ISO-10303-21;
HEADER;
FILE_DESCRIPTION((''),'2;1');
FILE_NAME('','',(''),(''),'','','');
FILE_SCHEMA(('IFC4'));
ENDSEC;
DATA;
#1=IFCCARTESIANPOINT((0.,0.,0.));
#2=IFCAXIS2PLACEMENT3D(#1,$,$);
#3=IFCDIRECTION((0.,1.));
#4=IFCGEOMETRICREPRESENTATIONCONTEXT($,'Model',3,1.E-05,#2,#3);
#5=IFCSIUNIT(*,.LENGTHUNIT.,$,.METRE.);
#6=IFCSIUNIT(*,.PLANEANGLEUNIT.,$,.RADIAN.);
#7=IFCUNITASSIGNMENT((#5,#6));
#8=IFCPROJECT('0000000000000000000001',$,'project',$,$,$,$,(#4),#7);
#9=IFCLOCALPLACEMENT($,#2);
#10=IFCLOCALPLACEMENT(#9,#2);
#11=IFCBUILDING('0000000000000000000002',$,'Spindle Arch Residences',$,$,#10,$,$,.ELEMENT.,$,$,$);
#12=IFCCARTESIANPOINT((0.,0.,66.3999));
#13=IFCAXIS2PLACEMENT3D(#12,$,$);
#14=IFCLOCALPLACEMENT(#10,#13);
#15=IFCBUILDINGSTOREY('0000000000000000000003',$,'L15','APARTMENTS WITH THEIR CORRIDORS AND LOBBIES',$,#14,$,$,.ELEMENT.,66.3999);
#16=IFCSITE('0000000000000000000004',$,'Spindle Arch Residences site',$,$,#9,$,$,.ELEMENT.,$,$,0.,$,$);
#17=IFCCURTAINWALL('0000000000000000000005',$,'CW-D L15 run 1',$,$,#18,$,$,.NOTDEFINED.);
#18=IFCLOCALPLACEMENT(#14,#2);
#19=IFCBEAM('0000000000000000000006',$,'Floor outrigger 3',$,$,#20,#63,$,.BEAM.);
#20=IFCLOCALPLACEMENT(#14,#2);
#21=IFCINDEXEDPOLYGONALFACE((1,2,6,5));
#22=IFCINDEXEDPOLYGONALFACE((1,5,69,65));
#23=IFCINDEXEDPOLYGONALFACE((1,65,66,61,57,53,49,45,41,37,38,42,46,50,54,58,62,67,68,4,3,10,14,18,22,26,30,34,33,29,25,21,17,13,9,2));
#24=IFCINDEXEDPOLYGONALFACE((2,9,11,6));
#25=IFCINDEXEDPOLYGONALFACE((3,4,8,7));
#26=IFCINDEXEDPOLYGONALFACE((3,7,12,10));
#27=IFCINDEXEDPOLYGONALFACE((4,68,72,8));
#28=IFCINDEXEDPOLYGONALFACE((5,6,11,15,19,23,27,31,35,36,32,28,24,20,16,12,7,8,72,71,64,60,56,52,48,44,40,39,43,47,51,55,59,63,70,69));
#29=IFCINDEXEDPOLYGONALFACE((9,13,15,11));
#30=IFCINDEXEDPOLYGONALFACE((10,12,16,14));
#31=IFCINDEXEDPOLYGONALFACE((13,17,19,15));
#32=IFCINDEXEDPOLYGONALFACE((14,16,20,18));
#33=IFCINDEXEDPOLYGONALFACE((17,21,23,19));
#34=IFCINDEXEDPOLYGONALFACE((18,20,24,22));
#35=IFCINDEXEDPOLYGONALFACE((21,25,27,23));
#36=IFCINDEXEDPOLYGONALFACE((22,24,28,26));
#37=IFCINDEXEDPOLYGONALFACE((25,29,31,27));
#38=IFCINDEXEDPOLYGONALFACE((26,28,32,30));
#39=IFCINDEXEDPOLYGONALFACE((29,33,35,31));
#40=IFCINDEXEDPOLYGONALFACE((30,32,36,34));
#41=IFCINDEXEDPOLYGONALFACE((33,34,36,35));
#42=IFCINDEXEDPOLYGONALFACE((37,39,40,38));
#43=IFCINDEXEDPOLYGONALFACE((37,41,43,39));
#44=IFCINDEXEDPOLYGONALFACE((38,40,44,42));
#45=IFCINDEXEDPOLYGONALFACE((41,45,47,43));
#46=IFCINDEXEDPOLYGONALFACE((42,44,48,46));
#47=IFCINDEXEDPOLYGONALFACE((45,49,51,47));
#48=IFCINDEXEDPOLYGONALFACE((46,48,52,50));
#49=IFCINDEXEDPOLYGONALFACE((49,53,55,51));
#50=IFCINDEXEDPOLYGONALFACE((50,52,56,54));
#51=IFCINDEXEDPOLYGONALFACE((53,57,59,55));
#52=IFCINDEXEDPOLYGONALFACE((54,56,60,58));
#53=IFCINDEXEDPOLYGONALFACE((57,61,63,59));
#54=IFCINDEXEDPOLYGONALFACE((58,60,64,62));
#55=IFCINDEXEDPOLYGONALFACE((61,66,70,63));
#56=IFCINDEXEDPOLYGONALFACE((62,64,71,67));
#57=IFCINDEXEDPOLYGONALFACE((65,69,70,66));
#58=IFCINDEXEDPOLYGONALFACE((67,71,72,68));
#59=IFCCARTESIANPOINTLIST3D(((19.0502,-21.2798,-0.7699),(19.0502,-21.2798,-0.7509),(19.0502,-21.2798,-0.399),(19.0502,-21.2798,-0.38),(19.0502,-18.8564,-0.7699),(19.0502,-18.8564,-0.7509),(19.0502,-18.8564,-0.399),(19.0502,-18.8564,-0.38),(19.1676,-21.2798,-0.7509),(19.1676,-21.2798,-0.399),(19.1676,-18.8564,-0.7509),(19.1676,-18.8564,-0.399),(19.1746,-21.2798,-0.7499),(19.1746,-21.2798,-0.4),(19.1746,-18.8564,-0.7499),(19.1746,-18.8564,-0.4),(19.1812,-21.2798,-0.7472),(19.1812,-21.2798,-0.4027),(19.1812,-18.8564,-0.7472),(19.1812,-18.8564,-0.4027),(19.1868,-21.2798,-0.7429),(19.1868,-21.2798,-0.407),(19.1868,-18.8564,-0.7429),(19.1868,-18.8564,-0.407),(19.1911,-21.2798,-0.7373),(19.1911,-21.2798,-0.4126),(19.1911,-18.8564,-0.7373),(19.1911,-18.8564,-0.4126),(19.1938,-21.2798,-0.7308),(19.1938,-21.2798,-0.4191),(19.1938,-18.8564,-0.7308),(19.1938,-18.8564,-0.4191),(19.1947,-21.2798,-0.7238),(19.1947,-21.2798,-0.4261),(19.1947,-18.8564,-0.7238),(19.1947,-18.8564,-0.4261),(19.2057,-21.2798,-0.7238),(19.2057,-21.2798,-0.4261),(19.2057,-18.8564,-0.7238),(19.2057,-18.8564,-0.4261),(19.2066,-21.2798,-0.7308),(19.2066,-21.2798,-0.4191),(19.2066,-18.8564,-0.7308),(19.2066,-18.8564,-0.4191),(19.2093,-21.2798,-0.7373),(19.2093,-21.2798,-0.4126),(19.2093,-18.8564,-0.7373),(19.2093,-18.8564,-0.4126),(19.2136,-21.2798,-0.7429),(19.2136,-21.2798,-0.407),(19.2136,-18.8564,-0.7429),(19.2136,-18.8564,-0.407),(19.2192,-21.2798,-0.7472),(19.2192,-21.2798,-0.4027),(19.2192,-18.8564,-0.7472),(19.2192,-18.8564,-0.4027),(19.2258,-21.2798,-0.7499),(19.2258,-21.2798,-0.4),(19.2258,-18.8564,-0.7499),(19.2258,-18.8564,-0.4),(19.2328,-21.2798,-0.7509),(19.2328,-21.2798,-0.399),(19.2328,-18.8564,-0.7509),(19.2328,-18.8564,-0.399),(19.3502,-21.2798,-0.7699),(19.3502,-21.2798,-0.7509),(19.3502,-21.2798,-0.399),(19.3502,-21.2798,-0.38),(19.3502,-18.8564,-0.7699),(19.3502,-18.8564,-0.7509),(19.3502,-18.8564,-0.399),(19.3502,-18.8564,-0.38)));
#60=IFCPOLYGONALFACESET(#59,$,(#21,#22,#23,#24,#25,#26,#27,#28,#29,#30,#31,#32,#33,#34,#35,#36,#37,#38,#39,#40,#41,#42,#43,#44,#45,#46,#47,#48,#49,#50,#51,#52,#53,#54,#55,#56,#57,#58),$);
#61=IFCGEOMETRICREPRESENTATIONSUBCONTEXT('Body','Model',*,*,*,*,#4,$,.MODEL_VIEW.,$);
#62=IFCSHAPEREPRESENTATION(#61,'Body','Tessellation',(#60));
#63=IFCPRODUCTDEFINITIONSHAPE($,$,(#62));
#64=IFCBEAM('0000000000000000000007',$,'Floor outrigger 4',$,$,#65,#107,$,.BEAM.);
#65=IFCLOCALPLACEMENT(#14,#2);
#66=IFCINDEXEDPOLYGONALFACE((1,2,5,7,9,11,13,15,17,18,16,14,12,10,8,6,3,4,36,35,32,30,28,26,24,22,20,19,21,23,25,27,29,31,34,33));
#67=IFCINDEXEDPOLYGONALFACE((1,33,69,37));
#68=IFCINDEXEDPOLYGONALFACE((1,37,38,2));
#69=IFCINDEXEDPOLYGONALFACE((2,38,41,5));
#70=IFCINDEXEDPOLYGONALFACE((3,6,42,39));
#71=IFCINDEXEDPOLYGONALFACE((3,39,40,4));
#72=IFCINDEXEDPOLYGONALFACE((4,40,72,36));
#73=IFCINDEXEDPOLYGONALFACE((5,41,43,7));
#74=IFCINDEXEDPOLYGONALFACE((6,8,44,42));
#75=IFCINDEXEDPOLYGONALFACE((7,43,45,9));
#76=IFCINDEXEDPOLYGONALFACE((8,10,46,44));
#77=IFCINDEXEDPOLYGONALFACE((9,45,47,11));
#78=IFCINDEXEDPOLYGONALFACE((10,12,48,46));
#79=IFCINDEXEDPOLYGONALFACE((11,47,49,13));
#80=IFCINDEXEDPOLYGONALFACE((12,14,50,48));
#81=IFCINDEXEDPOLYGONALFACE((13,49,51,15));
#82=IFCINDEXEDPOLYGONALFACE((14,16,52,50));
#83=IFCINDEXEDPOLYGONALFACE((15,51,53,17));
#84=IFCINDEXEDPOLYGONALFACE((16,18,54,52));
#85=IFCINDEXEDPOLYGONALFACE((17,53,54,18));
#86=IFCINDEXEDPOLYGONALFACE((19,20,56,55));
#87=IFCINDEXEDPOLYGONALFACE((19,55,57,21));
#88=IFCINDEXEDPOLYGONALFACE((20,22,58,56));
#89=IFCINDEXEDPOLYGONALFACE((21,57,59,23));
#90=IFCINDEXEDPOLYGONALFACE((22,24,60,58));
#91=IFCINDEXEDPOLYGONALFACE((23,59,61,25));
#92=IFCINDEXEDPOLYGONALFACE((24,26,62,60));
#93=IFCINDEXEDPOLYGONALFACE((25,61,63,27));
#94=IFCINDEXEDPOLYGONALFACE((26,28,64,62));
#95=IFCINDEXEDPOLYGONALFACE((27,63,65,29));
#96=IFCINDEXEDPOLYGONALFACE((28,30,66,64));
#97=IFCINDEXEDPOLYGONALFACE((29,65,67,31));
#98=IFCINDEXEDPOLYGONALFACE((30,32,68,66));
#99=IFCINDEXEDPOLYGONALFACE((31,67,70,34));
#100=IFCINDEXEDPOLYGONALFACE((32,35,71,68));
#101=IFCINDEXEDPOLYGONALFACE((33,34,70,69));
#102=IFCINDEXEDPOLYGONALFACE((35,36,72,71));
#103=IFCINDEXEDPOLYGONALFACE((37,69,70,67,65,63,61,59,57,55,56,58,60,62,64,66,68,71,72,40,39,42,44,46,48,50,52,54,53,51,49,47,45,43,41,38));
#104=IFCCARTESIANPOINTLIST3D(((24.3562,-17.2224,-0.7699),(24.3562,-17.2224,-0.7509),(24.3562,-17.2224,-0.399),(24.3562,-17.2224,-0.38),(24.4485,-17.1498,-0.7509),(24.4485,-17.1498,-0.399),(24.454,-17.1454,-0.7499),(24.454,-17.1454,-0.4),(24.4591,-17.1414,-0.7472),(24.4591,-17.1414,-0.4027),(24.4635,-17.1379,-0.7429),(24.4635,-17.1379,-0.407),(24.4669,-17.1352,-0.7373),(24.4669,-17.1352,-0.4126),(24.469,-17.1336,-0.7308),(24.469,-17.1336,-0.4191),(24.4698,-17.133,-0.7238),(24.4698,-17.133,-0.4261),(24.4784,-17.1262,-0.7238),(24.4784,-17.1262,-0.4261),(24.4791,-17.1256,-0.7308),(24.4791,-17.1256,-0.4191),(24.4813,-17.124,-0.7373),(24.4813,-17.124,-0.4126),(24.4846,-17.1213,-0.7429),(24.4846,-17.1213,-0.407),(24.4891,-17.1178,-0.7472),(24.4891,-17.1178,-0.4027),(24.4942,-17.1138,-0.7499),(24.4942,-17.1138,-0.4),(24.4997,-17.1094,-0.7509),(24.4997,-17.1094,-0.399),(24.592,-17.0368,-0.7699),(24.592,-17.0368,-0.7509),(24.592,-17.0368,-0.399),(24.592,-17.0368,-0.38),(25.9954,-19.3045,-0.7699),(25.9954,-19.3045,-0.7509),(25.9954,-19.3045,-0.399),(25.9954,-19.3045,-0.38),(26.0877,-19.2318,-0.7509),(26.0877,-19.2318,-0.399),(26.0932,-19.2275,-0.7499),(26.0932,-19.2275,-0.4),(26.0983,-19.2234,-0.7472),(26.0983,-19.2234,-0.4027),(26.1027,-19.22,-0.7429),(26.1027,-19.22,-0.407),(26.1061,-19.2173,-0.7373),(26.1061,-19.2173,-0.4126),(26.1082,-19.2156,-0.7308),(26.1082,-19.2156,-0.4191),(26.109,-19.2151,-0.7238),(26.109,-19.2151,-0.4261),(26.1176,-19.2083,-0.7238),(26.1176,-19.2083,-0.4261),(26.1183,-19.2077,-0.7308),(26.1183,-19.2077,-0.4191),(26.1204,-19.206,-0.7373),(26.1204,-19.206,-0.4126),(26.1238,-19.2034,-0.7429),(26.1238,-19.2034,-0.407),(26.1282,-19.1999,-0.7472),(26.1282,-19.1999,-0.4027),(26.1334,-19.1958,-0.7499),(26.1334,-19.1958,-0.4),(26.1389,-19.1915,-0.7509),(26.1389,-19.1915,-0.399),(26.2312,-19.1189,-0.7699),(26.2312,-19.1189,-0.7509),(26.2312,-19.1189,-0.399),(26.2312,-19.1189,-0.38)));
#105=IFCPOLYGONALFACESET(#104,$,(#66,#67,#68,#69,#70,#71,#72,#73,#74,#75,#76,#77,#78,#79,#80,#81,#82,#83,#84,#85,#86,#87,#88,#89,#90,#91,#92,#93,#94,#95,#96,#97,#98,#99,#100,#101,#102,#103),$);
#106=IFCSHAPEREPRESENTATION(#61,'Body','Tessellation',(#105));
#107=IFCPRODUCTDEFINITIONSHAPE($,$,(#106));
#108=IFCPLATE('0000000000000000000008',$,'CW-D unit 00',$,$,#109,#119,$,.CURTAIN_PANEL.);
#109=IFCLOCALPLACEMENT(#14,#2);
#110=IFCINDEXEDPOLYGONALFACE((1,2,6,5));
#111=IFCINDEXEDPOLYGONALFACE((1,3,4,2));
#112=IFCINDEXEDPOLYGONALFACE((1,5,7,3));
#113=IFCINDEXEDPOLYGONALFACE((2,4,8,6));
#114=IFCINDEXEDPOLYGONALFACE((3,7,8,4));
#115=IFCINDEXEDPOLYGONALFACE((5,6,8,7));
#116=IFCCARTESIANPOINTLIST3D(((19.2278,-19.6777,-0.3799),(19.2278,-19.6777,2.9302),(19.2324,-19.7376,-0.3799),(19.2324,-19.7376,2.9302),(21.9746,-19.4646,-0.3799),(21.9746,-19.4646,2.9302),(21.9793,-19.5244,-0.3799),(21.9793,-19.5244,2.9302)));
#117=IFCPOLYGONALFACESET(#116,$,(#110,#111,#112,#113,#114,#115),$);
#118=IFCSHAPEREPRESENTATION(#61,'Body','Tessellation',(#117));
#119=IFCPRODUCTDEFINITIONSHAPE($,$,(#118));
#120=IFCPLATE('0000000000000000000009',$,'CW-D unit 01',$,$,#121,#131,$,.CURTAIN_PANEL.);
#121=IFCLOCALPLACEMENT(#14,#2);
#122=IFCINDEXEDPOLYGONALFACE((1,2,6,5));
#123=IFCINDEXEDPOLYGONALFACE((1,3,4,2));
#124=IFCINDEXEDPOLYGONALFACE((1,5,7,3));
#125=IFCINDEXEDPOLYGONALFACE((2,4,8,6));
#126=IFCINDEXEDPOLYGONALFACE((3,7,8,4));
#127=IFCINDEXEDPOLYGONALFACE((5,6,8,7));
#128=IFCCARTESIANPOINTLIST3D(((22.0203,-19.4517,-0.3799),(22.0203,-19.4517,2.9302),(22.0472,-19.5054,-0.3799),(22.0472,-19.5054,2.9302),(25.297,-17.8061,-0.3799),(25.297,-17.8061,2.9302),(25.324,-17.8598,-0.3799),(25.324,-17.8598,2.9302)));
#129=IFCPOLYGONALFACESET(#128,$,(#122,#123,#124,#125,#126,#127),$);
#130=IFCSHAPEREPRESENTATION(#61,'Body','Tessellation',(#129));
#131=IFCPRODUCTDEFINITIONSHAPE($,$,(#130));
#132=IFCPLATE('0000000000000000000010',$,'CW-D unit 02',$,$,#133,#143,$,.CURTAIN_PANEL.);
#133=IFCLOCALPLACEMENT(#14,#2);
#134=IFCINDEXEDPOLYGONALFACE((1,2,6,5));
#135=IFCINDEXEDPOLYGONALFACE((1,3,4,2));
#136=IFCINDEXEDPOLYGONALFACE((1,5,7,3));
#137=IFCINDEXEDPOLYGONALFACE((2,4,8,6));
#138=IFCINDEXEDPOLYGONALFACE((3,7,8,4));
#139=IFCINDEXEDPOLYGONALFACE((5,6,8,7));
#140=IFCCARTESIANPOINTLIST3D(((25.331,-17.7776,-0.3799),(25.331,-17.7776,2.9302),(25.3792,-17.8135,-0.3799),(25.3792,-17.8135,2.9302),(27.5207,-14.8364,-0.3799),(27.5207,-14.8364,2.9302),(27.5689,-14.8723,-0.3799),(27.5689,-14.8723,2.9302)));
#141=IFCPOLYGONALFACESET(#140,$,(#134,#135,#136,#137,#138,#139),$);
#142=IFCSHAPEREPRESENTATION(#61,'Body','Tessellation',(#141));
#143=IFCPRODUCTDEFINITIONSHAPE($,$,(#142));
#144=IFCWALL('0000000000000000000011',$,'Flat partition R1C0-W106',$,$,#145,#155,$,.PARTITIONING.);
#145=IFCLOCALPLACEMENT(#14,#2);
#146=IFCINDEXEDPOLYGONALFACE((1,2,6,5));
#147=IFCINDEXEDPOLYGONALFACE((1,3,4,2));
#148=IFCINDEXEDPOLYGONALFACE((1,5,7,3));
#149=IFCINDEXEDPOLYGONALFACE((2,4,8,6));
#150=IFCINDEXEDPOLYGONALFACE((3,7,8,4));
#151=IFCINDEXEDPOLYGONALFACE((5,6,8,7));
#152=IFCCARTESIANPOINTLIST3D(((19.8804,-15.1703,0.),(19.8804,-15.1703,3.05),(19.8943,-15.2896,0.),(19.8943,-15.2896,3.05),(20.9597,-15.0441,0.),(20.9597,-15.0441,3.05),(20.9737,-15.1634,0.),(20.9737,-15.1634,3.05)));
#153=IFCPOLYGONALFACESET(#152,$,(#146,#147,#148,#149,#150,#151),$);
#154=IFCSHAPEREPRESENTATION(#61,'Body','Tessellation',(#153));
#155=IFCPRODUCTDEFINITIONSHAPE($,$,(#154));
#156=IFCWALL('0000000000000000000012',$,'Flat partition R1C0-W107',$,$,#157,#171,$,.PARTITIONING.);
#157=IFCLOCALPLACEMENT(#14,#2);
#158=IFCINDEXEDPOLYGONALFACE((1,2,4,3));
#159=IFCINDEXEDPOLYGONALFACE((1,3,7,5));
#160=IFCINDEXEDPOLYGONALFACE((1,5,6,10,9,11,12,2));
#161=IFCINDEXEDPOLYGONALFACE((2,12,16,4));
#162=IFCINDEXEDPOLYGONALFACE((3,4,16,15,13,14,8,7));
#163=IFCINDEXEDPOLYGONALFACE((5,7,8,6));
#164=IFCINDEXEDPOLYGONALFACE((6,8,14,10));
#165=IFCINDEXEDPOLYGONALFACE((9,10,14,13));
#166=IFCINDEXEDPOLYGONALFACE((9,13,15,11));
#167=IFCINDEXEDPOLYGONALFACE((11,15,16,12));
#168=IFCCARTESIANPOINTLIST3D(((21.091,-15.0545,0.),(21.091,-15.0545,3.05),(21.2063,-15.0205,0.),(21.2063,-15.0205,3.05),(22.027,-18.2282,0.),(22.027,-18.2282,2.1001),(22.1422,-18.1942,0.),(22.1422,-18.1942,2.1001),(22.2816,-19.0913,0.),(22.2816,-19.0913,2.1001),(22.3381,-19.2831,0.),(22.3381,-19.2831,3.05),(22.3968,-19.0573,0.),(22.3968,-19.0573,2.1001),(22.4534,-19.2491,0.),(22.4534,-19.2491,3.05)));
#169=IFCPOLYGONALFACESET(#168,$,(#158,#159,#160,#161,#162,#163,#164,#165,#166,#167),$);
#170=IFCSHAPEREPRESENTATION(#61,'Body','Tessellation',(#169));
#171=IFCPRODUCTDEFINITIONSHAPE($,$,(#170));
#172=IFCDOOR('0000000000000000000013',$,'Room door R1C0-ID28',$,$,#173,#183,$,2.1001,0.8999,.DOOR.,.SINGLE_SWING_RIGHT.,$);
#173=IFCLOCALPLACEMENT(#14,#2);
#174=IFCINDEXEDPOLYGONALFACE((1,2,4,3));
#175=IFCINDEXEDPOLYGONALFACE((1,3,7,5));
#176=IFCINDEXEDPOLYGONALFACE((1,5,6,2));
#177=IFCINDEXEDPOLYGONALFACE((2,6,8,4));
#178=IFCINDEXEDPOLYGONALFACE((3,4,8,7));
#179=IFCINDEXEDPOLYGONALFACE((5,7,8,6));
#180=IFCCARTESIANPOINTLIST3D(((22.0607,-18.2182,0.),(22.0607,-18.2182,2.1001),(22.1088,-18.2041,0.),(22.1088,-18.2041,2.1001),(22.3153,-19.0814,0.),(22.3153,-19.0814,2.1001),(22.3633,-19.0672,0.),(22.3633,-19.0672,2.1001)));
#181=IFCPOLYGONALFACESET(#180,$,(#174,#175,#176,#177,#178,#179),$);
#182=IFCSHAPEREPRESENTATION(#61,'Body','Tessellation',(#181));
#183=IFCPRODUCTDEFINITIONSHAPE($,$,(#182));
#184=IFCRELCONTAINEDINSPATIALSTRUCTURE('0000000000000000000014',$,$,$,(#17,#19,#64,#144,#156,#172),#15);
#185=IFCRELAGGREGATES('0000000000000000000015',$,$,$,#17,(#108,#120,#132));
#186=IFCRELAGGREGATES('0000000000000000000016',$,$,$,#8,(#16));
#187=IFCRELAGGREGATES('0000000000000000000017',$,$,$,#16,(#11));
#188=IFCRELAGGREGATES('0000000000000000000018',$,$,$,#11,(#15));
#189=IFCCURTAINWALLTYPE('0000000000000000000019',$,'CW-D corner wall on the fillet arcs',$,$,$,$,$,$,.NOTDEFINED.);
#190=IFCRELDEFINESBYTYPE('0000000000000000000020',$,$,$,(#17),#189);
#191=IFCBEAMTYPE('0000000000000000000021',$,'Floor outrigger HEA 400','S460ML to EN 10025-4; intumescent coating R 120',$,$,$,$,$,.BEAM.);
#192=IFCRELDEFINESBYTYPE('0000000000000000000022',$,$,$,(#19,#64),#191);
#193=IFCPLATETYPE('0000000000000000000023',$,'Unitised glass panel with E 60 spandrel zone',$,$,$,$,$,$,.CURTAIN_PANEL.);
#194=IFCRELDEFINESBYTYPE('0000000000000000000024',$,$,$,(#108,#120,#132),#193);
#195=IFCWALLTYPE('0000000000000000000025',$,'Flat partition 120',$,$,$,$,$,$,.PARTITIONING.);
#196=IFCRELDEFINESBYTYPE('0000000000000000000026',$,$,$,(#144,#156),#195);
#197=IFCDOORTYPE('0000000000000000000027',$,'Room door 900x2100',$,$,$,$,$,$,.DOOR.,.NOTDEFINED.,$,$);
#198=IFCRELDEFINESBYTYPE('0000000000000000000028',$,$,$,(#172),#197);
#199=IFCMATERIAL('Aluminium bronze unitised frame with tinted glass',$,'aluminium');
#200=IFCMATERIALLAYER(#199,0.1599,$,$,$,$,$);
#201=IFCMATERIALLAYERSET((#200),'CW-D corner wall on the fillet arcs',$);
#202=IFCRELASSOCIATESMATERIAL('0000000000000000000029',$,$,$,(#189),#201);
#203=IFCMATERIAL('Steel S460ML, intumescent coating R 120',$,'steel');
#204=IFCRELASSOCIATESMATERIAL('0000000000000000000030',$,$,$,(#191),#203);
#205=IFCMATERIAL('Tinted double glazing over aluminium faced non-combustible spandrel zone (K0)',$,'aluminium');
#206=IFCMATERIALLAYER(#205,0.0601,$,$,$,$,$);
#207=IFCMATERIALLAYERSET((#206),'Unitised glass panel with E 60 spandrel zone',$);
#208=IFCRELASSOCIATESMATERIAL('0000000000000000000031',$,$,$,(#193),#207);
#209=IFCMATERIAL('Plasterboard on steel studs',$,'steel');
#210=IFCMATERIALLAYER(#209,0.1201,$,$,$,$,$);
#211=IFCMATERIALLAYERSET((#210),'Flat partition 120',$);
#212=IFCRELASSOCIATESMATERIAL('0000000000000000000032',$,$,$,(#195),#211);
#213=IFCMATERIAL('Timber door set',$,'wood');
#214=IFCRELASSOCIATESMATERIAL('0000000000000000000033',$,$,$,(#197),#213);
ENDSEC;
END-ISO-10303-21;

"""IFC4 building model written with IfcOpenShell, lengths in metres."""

from ifc_helpers import new_model, si_unit, direction, frame, frame_2d, origin, origin_2d, place, context, subcontext, project, spatial, rectangle, i_section, extrude, material, layer, layer_set, material_profile, profile_set, type_object, element, fill, aggregate, save


model = new_model("IFC4")

# Units and contexts
model_context = context("Model", 3, precision=1e-05, world=origin(), true_north=direction((0.0, 1.0)))
body_context = subcontext(model_context, "Body", "Model", "MODEL_VIEW")
ifc_project = project(units=[si_unit("LENGTHUNIT", "METRE"), si_unit("PLANEANGLEUNIT", "RADIAN")], contexts=[model_context])

# Site, building, storey
site_placement = place(None, origin())
site = spatial("IfcSite", under=ifc_project, at=site_placement, Name="Spindle Arch Residences site", CompositionType="ELEMENT", RefElevation=0.0)
building_placement = place(site_placement, origin())
building = spatial("IfcBuilding", under=site, at=building_placement, Name="Spindle Arch Residences", CompositionType="ELEMENT")
storey_placement = place(building_placement, frame((0.0, 0.0, 66.3999)))
storey = spatial("IfcBuildingStorey", under=building, at=storey_placement, Name="L15", Description="APARTMENTS WITH THEIR CORRIDORS AND LOBBIES", CompositionType="ELEMENT", Elevation=66.3999)

# Curtain wall
ifc_material_1 = material(Name="Aluminium bronze unitised frame with tinted glass", Category="aluminium")
ifc_layer_1 = layer(ifc_material_1, 0.1599)
ifc_layer_set_1 = layer_set([ifc_layer_1], Name="CW-D corner wall on the fillet arcs")
curtain_wall_type = type_object("IfcCurtainWallType", Name="CW-D corner wall on the fillet arcs", PredefinedType="NOTDEFINED", material=ifc_layer_set_1)
curtain_wall_placement = place(storey_placement, origin())
curtain_wall = element("IfcCurtainWall", 1, at=curtain_wall_placement, inside=storey, type_object=curtain_wall_type, Name="CW-D L15 run 1", PredefinedType="NOTDEFINED")

# Beams
ifc_material_2 = material(Name="Steel S460ML, intumescent coating R 120", Category="steel")
ifc_material_profile_1 = material_profile(ifc_material_2, i_section(OverallWidth=0.3, OverallDepth=0.3899, WebThickness=0.011, FlangeThickness=0.019, FilletRadius=0.0271, at=origin_2d()), Name="HEA 400")
ifc_profile_set_1 = profile_set([ifc_material_profile_1], Name="Steel S460ML, intumescent coating R 120")
beam_type_1 = type_object("IfcBeamType", Name="Floor outrigger HEA 400", Description="S460ML to EN 10025-4; intumescent coating R 120", PredefinedType="BEAM", material=ifc_profile_set_1)
beam_1_placement = place(storey_placement, frame((19.2002, -21.2798, -0.575), z_axis=(0.0, 1.0, 0.0), x_axis=(-1.0, 0.0, 0.0)))
element("IfcBeam", 2, at=beam_1_placement, inside=storey, type_object=beam_type_1, Name="Floor outrigger 3", PredefinedType="BEAM", context=body_context, shape_type="SweptSolid", body=[
    extrude(i_section(OverallWidth=0.3, OverallDepth=0.3899, WebThickness=0.011, FlangeThickness=0.019, FilletRadius=0.0271, at=origin_2d()), origin(), (0.0, 0.0, 1.0), 2.4233),
])
beam_2_placement = place(storey_placement, frame((26.1133, -19.2117, -0.575), z_axis=(-0.618586, 0.785717, 0.0), x_axis=(-0.785717, -0.618586, 0.0)))
element("IfcBeam", 3, at=beam_2_placement, inside=storey, type_object=beam_type_1, Name="Floor outrigger 4", PredefinedType="BEAM", context=body_context, shape_type="SweptSolid", body=[
    extrude(i_section(OverallWidth=0.3, OverallDepth=0.3899, WebThickness=0.011, FlangeThickness=0.019, FilletRadius=0.0271, at=origin_2d()), origin(), (0.0, 0.0, 1.0), 2.6499),
])

# Plates
ifc_material_3 = material(Name="Tinted double glazing over aluminium faced non-combustible spandrel zone (K0)", Category="aluminium")
ifc_layer_2 = layer(ifc_material_3, 0.0601)
ifc_layer_set_2 = layer_set([ifc_layer_2], Name="Unitised glass panel with E 60 spandrel zone")
plate_type = type_object("IfcPlateType", Name="Unitised glass panel with E 60 spandrel zone", PredefinedType="CURTAIN_PANEL", material=ifc_layer_set_2)
plate_1_placement = place(storey_placement, frame((20.6035, -19.6011, -0.3799), z_axis=(0.0, 0.0, 1.0), x_axis=(0.997003, 0.077364, 0.0)))
plate_1 = element("IfcPlate", 4, at=plate_1_placement, type_object=plate_type, Name="CW-D unit 00", PredefinedType="CURTAIN_PANEL", context=body_context, shape_type="SweptSolid", body=[
    extrude(rectangle(XDim=2.7551, YDim=0.0601, at=origin_2d()), origin(), (0.0, 0.0, 1.0), 3.3101),
])
plate_2_placement = place(storey_placement, frame((23.6721, -18.6558, -0.3799), z_axis=(0.0, 0.0, 1.0), x_axis=(0.893633, 0.448799, 0.0)))
plate_2 = element("IfcPlate", 5, at=plate_2_placement, type_object=plate_type, Name="CW-D unit 01", PredefinedType="CURTAIN_PANEL", context=body_context, shape_type="SweptSolid", body=[
    extrude(rectangle(XDim=3.6667, YDim=0.0601, at=origin_2d()), origin(), (0.0, 0.0, 1.0), 3.3101),
])
plate_3_placement = place(storey_placement, frame((26.45, -16.325, -0.3799), z_axis=(0.0, 0.0, 1.0), x_axis=(0.597159, 0.802123, 0.0)))
plate_3 = element("IfcPlate", 6, at=plate_3_placement, type_object=plate_type, Name="CW-D unit 02", PredefinedType="CURTAIN_PANEL", context=body_context, shape_type="SweptSolid", body=[
    extrude(rectangle(XDim=3.6667, YDim=0.0601, at=origin_2d()), origin(), (0.0, 0.0, 1.0), 3.3101),
])
aggregate(curtain_wall, [plate_1, plate_2, plate_3])

# Wall
ifc_material_4 = material(Name="Plasterboard on steel studs", Category="steel")
ifc_layer_3 = layer(ifc_material_4, 0.1201)
ifc_layer_set_3 = layer_set([ifc_layer_3], Name="Flat partition 120")
wall_type_1 = type_object("IfcWallType", Name="Flat partition 120", PredefinedType="PARTITIONING", material=ifc_layer_set_3)
wall_1_placement = place(storey_placement, frame((20.9668, -15.1038, 0.0), z_axis=(0.0, 0.0, 1.0), x_axis=(-0.993232, -0.11615, 0.0)))
element("IfcWall", 7, at=wall_1_placement, inside=storey, type_object=wall_type_1, Name="Flat partition R1C0-W106", PredefinedType="PARTITIONING", context=body_context, shape_type="SweptSolid", body=[
    extrude(rectangle(XDim=1.0867, YDim=0.1201, at=frame_2d((0.5435, 0.0))), origin(), (0.0, 0.0, 1.0), 3.05),
])

# Wall, opening, door
wall_2_placement = place(storey_placement, frame((22.3958, -19.2661, 0.0), z_axis=(0.0, 0.0, 1.0), x_axis=(-0.282874, 0.959157, 0.0)))
wall_2 = element("IfcWall", 8, at=wall_2_placement, inside=storey, type_object=wall_type_1, Name="Flat partition R1C0-W107", PredefinedType="PARTITIONING", context=body_context, shape_type="SweptSolid", body=[
    extrude(rectangle(XDim=4.4087, YDim=0.1201, at=frame_2d((2.2043, 0.0))), origin(), (0.0, 0.0, 1.0), 3.05),
])
opening_placement = place(wall_2_placement, frame((0.2, 0.0, 0.0)))
opening = element("IfcOpeningElement", 9, at=opening_placement, cuts=wall_2, PredefinedType="OPENING", context=body_context, shape_type="SweptSolid", body=[
    extrude(rectangle(XDim=0.8999, YDim=2.1001, at=frame_2d((0.45, 1.05))), frame((0.0, 0.0701, 0.0), z_axis=(0.0, -1.0, 0.0), x_axis=(1.0, 0.0, 0.0)), (0.0, 0.0, 1.0), 0.1401),
])
ifc_material_5 = material(Name="Timber door set", Category="wood")
door_type = type_object("IfcDoorType", Name="Room door 900x2100", OperationType="NOTDEFINED", PredefinedType="DOOR", material=ifc_material_5)
door_placement = place(opening_placement, origin())
door = element("IfcDoor", 10, at=door_placement, inside=storey, type_object=door_type, Name="Room door R1C0-ID28", OperationType="SINGLE_SWING_RIGHT", OverallHeight=2.1001, OverallWidth=0.8999, PredefinedType="DOOR", context=body_context, shape_type="SweptSolid", body=[
    extrude(rectangle(XDim=0.8999, YDim=2.1001, at=frame_2d((0.45, 1.05))), frame((0.0, 0.0249, 0.0), z_axis=(0.0, -1.0, 0.0), x_axis=(1.0, 0.0, 0.0)), (0.0, 0.0, 1.0), 0.05),
])
fill(opening, door)

save(model, "model.ifc")
